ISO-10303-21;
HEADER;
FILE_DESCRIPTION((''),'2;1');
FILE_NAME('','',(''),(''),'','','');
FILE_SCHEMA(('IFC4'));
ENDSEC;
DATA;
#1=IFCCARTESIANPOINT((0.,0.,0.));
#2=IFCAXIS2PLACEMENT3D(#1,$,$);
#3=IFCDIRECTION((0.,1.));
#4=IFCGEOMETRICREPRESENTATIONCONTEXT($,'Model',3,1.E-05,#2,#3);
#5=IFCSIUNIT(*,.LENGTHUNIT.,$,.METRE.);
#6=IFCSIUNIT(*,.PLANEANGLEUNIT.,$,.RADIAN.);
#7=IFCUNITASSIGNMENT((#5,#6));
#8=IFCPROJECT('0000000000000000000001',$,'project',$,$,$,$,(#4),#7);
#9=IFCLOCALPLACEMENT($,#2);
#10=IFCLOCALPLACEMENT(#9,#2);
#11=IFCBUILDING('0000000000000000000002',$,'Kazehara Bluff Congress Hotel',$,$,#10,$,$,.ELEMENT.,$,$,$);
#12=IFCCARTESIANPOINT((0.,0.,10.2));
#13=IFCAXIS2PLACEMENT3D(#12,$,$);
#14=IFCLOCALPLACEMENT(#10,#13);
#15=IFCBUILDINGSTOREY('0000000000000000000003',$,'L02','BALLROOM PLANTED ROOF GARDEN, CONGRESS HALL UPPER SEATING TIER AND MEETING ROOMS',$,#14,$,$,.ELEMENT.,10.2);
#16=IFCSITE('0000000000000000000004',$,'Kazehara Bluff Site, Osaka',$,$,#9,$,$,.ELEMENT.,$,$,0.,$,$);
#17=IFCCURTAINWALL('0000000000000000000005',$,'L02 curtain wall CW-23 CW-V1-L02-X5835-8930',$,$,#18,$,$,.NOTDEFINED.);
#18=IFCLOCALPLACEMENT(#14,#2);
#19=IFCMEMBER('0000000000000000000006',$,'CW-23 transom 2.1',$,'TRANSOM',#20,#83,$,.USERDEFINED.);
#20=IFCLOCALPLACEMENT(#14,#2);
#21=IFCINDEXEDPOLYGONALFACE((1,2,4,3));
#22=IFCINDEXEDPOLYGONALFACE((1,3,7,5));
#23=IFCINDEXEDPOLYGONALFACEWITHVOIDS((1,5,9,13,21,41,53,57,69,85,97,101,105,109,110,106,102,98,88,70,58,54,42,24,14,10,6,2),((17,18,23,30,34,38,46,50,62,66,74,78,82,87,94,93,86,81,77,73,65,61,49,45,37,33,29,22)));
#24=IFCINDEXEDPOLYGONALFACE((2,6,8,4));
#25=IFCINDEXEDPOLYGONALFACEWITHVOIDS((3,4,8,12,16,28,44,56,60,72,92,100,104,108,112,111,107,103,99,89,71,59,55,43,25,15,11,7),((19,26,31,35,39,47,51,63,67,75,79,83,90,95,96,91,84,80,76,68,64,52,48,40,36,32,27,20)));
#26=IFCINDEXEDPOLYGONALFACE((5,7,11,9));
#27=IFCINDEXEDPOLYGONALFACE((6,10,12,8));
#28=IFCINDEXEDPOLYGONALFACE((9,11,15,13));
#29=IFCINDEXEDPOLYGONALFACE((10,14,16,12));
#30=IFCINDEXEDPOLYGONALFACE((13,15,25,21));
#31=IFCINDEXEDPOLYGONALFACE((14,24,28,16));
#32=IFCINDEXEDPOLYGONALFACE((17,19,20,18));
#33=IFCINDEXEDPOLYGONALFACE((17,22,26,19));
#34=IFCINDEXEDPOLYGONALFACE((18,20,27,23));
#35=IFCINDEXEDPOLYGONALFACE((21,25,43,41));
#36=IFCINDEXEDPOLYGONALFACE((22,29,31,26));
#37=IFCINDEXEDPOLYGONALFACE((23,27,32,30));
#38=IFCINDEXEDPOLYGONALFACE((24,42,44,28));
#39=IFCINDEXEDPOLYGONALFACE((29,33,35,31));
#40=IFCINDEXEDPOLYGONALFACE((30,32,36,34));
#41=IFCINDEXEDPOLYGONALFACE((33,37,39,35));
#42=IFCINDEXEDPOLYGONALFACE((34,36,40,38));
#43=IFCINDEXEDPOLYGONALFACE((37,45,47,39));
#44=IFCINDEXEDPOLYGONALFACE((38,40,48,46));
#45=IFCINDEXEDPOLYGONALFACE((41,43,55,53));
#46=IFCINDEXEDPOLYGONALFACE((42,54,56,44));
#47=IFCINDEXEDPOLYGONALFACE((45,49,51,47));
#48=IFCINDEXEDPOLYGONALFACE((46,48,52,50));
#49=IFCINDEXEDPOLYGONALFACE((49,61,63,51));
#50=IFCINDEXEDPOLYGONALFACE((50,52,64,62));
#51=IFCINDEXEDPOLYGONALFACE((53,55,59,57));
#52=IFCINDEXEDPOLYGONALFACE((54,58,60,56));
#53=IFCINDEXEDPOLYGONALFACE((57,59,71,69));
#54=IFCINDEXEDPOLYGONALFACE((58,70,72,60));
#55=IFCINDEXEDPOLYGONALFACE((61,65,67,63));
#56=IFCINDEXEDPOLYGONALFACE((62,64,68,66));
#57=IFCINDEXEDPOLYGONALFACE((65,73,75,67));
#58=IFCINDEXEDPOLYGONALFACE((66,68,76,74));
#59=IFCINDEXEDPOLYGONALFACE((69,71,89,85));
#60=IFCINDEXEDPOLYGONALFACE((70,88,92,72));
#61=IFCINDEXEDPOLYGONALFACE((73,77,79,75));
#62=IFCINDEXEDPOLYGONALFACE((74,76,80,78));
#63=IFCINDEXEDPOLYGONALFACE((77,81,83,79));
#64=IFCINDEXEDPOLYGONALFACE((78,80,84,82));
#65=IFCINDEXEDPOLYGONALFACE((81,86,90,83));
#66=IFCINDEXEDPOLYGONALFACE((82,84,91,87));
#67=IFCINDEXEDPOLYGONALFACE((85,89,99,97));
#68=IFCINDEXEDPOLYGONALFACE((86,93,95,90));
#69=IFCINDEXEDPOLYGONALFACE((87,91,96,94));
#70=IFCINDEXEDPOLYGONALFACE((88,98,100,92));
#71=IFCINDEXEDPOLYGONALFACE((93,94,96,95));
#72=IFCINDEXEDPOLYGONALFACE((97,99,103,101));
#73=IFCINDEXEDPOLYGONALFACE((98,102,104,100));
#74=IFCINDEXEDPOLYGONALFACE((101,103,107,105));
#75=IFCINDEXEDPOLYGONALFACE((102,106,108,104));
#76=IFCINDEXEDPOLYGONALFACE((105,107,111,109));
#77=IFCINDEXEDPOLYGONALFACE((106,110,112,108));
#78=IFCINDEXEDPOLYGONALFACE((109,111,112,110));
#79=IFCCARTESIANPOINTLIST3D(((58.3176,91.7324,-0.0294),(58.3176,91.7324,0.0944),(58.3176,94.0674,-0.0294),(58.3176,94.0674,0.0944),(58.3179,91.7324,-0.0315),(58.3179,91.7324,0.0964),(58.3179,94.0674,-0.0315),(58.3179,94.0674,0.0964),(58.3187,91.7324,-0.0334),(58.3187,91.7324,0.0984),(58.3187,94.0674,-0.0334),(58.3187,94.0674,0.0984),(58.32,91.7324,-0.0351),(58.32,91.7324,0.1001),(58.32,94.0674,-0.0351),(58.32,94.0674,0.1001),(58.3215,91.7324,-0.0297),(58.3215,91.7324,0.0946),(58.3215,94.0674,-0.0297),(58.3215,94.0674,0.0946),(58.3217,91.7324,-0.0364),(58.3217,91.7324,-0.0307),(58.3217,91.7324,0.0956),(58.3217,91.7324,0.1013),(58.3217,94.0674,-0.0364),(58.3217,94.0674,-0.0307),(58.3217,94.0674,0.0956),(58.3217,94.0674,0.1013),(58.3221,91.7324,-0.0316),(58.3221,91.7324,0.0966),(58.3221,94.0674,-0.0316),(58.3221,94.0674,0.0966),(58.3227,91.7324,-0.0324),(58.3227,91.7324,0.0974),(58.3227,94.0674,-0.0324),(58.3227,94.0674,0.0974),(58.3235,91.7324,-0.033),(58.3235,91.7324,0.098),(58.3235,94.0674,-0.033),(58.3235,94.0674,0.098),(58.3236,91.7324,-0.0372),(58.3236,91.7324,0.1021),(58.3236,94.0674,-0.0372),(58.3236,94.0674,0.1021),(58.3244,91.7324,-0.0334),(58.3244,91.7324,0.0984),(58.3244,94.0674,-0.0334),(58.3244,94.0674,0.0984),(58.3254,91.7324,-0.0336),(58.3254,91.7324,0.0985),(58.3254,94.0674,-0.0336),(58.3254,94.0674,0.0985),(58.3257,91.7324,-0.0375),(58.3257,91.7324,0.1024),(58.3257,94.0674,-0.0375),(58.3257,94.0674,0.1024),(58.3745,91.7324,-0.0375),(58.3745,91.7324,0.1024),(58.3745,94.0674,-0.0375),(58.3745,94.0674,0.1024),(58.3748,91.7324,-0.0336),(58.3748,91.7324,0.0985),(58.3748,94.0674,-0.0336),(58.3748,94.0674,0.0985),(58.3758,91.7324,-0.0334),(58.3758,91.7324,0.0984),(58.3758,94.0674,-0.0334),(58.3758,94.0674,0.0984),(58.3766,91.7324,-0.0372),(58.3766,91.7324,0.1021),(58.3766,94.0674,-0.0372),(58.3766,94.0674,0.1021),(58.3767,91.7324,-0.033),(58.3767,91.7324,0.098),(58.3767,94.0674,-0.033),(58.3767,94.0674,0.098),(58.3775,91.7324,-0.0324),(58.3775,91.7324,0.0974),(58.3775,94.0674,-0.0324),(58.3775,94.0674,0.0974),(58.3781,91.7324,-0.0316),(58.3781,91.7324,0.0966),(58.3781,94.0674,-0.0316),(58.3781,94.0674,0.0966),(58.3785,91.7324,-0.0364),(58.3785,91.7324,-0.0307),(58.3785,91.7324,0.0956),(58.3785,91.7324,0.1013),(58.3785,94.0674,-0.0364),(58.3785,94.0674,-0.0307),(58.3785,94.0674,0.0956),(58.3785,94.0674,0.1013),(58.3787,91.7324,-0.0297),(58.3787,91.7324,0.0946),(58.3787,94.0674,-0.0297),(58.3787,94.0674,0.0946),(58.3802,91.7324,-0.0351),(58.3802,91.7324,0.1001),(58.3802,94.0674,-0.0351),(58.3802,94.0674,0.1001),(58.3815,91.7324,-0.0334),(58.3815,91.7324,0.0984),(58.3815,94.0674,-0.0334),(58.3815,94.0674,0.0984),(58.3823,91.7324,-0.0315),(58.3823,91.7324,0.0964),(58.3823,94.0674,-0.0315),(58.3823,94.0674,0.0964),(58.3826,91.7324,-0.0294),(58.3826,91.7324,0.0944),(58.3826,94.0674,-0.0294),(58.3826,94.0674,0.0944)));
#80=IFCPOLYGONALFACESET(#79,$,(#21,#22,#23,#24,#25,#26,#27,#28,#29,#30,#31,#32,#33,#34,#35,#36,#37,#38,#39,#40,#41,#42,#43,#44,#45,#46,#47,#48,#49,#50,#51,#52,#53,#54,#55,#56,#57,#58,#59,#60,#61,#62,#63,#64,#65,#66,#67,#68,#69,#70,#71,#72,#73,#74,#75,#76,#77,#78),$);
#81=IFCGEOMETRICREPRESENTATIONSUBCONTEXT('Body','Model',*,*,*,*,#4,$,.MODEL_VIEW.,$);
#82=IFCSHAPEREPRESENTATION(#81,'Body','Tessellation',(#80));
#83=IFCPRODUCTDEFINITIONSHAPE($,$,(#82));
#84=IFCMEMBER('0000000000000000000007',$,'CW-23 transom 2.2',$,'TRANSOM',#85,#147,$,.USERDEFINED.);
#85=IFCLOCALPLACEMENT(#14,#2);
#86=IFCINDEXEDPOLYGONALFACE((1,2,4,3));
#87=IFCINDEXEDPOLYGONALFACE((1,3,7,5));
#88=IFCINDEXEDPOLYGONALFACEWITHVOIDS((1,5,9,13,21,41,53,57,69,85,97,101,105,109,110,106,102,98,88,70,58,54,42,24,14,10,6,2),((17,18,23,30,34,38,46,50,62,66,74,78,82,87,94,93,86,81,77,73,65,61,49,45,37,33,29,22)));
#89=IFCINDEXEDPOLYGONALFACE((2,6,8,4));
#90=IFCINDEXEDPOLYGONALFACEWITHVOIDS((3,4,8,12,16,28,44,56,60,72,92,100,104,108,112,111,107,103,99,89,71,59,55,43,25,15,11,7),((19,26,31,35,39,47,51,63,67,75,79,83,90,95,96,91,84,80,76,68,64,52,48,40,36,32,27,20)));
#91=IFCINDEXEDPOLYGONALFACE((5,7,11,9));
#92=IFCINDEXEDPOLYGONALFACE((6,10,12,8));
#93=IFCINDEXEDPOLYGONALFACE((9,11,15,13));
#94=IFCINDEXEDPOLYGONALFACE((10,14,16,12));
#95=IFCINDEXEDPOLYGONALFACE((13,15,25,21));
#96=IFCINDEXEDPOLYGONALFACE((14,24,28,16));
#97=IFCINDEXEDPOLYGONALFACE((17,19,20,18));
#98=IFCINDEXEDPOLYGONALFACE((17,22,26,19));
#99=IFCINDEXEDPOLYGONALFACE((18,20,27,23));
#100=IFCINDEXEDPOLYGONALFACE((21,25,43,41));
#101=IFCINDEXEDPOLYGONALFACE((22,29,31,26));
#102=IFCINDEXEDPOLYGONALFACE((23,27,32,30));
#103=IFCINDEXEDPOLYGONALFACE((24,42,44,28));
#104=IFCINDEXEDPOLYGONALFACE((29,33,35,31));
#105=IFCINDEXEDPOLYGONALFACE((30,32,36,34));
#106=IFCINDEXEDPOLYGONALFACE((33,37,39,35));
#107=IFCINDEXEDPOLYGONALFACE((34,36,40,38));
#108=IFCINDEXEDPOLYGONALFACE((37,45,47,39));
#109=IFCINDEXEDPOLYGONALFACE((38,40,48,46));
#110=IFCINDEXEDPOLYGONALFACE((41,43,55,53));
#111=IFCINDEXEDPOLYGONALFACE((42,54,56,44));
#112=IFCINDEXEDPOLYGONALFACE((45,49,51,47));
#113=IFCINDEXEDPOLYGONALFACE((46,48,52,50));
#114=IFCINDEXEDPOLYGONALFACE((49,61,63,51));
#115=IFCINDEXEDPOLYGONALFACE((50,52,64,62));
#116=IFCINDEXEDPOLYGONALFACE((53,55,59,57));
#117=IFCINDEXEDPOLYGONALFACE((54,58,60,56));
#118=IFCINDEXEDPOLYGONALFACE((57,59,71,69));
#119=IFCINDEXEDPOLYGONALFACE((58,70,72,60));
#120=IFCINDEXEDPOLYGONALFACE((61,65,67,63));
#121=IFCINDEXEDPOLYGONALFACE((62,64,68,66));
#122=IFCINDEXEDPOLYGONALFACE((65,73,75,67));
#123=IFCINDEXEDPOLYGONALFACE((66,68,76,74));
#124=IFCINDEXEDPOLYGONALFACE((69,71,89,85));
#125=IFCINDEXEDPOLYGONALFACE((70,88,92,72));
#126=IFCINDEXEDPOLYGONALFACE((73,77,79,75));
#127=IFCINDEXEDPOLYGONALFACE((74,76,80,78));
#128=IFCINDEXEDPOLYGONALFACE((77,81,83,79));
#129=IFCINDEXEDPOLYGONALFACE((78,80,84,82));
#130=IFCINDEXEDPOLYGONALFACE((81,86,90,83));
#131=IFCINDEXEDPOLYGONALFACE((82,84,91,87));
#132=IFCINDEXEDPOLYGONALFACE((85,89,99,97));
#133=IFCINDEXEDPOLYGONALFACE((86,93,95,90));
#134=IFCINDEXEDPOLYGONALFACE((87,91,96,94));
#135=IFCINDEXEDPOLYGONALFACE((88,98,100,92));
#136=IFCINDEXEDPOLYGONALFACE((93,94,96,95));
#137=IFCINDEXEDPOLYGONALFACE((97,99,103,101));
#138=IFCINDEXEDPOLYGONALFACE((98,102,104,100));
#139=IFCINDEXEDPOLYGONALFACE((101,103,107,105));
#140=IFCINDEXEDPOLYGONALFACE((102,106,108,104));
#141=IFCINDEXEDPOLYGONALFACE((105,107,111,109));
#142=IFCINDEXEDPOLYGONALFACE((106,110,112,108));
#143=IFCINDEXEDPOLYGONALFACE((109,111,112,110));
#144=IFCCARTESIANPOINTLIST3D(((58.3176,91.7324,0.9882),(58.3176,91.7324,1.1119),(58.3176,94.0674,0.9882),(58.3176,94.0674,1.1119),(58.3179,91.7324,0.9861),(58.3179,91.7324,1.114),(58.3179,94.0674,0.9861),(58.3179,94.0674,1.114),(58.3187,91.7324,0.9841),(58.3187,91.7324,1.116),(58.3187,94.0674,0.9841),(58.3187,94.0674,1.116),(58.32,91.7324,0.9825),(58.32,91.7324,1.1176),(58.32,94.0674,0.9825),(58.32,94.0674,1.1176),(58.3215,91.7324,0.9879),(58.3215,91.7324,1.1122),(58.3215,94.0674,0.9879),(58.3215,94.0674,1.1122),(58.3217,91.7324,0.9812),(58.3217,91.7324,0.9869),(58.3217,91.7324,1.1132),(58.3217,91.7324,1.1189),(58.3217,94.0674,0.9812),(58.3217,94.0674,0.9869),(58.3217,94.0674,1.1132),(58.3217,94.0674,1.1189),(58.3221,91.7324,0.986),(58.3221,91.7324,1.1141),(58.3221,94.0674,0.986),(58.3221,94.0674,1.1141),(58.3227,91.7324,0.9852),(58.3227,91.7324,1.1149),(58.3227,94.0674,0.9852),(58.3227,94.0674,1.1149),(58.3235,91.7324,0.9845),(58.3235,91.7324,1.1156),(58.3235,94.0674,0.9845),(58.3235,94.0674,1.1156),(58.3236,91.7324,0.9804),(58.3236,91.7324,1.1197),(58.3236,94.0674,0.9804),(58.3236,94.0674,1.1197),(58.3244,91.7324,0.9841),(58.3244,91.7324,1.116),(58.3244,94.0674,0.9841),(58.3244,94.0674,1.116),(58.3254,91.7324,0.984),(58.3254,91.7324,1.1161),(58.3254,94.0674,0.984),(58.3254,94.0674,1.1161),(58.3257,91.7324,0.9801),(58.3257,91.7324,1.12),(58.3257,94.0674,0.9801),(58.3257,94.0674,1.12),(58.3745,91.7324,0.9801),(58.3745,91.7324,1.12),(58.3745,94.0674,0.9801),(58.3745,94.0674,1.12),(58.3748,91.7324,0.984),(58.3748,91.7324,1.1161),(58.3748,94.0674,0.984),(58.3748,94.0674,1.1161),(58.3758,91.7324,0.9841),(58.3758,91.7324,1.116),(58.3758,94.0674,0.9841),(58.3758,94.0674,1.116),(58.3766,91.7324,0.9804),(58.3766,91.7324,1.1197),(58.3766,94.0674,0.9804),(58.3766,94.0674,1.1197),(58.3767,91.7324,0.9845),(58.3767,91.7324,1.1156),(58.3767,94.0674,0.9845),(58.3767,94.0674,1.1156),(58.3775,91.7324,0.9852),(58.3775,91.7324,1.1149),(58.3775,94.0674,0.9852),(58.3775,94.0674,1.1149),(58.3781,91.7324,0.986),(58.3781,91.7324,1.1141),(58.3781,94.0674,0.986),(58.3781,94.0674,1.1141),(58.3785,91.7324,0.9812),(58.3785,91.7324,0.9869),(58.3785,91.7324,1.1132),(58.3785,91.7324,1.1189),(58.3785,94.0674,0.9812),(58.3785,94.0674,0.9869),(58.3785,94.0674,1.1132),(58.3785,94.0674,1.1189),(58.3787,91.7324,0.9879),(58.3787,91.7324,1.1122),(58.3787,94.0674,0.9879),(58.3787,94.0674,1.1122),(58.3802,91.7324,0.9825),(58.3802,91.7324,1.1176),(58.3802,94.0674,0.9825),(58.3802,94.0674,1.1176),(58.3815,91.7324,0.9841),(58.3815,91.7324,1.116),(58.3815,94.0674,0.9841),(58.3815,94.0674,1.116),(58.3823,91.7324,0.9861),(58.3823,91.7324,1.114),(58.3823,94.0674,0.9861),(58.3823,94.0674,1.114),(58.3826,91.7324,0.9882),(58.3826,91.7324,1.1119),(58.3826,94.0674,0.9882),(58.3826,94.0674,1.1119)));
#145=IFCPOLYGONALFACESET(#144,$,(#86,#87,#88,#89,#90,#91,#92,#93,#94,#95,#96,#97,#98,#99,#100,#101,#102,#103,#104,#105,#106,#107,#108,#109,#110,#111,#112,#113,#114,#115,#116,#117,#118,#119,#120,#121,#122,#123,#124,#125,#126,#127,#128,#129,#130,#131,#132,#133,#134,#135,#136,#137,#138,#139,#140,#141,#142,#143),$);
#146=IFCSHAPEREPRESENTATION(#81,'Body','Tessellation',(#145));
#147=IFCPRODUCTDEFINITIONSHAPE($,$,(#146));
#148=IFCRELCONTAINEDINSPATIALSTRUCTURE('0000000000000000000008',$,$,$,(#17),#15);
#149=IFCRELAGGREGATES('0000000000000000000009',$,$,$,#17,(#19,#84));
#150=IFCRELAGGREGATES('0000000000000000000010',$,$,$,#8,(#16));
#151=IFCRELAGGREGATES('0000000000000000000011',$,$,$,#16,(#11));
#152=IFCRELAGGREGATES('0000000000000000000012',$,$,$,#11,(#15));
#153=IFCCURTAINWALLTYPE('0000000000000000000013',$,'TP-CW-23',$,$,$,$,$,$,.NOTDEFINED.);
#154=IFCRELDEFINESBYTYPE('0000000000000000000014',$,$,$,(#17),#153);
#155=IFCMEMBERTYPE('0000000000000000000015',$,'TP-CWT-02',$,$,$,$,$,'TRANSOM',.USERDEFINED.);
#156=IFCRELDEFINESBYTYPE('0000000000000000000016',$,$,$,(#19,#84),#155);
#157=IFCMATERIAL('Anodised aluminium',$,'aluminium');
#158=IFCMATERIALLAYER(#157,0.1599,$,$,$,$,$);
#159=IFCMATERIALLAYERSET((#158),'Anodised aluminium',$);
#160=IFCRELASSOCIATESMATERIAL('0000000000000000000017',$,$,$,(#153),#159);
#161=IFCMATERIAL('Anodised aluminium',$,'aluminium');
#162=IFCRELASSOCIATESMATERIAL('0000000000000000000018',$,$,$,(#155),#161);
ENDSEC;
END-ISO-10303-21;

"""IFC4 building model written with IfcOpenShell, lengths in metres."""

from ifc_helpers import new_model, si_unit, direction, frame, origin, origin_2d, place, context, subcontext, project, spatial, hollow_rectangle, extrude, material, layer, layer_set, material_profile, profile_set, type_object, element, aggregate, save


model = new_model("IFC4")

# Units and contexts
model_context = context("Model", 3, precision=1e-05, world=origin(), true_north=direction((0.0, 1.0)))
body_context = subcontext(model_context, "Body", "Model", "MODEL_VIEW")
ifc_project = project(units=[si_unit("LENGTHUNIT", "METRE"), si_unit("PLANEANGLEUNIT", "RADIAN")], contexts=[model_context])

# Site, building, storey
site_placement = place(None, origin())
site = spatial("IfcSite", under=ifc_project, at=site_placement, Name="Kazehara Bluff Site, Osaka", CompositionType="ELEMENT", RefElevation=0.0)
building_placement = place(site_placement, origin())
building = spatial("IfcBuilding", under=site, at=building_placement, Name="Kazehara Bluff Congress Hotel", CompositionType="ELEMENT")
storey_placement = place(building_placement, frame((0.0, 0.0, 10.2)))
storey = spatial("IfcBuildingStorey", under=building, at=storey_placement, Name="L02", Description="BALLROOM PLANTED ROOF GARDEN, CONGRESS HALL UPPER SEATING TIER AND MEETING ROOMS", CompositionType="ELEMENT", Elevation=10.2)

# Curtain wall
ifc_material_1 = material(Name="Anodised aluminium", Category="aluminium")
ifc_layer_1 = layer(ifc_material_1, 0.1599)
ifc_layer_set_1 = layer_set([ifc_layer_1], Name="Anodised aluminium")
curtain_wall_type_1 = type_object("IfcCurtainWallType", Name="TP-CW-23", PredefinedType="NOTDEFINED", material=ifc_layer_set_1)
curtain_wall_1_placement = place(storey_placement, origin())
curtain_wall_1 = element("IfcCurtainWall", 1, at=curtain_wall_1_placement, inside=storey, type_object=curtain_wall_type_1, Name="L02 curtain wall CW-23 CW-V1-L02-X5835-8930", PredefinedType="NOTDEFINED")

# Members
ifc_material_2 = material(Name="Anodised aluminium", Category="aluminium")
ifc_material_profile_1 = material_profile(ifc_material_2, hollow_rectangle(XDim=0.0649, YDim=0.1399, WallThickness=0.0039, InnerFilletRadius=0.0039, OuterFilletRadius=0.0081, at=origin_2d()))
ifc_profile_set_1 = profile_set([ifc_material_profile_1], Name="Anodised aluminium")
member_type_1 = type_object("IfcMemberType", Name="TP-CWT-02", ElementType="TRANSOM", PredefinedType="USERDEFINED", material=ifc_profile_set_1)
member_1_placement = place(storey_placement, frame((58.3501, 91.7324, 0.0325), z_axis=(0.0, 1.0, 0.0), x_axis=(-1.0, 0.0, 0.0)))
member_1 = element("IfcMember", 2, at=member_1_placement, type_object=member_type_1, Name="CW-23 transom 2.1", ObjectType="TRANSOM", PredefinedType="USERDEFINED", context=body_context, shape_type="SweptSolid", body=[
    extrude(hollow_rectangle(XDim=0.0649, YDim=0.1399, WallThickness=0.0039, InnerFilletRadius=0.0039, OuterFilletRadius=0.0081, at=origin_2d()), origin(), (0.0, 0.0, 1.0), 2.335),
])
member_2_placement = place(storey_placement, frame((58.3501, 91.7324, 1.05), z_axis=(0.0, 1.0, 0.0), x_axis=(-1.0, 0.0, 0.0)))
member_2 = element("IfcMember", 3, at=member_2_placement, type_object=member_type_1, Name="CW-23 transom 2.2", ObjectType="TRANSOM", PredefinedType="USERDEFINED", context=body_context, shape_type="SweptSolid", body=[
    extrude(hollow_rectangle(XDim=0.0649, YDim=0.1399, WallThickness=0.0039, InnerFilletRadius=0.0039, OuterFilletRadius=0.0081, at=origin_2d()), origin(), (0.0, 0.0, 1.0), 2.335),
])

aggregate(curtain_wall_1, [member_1, member_2])

save(model, "model.ifc")
